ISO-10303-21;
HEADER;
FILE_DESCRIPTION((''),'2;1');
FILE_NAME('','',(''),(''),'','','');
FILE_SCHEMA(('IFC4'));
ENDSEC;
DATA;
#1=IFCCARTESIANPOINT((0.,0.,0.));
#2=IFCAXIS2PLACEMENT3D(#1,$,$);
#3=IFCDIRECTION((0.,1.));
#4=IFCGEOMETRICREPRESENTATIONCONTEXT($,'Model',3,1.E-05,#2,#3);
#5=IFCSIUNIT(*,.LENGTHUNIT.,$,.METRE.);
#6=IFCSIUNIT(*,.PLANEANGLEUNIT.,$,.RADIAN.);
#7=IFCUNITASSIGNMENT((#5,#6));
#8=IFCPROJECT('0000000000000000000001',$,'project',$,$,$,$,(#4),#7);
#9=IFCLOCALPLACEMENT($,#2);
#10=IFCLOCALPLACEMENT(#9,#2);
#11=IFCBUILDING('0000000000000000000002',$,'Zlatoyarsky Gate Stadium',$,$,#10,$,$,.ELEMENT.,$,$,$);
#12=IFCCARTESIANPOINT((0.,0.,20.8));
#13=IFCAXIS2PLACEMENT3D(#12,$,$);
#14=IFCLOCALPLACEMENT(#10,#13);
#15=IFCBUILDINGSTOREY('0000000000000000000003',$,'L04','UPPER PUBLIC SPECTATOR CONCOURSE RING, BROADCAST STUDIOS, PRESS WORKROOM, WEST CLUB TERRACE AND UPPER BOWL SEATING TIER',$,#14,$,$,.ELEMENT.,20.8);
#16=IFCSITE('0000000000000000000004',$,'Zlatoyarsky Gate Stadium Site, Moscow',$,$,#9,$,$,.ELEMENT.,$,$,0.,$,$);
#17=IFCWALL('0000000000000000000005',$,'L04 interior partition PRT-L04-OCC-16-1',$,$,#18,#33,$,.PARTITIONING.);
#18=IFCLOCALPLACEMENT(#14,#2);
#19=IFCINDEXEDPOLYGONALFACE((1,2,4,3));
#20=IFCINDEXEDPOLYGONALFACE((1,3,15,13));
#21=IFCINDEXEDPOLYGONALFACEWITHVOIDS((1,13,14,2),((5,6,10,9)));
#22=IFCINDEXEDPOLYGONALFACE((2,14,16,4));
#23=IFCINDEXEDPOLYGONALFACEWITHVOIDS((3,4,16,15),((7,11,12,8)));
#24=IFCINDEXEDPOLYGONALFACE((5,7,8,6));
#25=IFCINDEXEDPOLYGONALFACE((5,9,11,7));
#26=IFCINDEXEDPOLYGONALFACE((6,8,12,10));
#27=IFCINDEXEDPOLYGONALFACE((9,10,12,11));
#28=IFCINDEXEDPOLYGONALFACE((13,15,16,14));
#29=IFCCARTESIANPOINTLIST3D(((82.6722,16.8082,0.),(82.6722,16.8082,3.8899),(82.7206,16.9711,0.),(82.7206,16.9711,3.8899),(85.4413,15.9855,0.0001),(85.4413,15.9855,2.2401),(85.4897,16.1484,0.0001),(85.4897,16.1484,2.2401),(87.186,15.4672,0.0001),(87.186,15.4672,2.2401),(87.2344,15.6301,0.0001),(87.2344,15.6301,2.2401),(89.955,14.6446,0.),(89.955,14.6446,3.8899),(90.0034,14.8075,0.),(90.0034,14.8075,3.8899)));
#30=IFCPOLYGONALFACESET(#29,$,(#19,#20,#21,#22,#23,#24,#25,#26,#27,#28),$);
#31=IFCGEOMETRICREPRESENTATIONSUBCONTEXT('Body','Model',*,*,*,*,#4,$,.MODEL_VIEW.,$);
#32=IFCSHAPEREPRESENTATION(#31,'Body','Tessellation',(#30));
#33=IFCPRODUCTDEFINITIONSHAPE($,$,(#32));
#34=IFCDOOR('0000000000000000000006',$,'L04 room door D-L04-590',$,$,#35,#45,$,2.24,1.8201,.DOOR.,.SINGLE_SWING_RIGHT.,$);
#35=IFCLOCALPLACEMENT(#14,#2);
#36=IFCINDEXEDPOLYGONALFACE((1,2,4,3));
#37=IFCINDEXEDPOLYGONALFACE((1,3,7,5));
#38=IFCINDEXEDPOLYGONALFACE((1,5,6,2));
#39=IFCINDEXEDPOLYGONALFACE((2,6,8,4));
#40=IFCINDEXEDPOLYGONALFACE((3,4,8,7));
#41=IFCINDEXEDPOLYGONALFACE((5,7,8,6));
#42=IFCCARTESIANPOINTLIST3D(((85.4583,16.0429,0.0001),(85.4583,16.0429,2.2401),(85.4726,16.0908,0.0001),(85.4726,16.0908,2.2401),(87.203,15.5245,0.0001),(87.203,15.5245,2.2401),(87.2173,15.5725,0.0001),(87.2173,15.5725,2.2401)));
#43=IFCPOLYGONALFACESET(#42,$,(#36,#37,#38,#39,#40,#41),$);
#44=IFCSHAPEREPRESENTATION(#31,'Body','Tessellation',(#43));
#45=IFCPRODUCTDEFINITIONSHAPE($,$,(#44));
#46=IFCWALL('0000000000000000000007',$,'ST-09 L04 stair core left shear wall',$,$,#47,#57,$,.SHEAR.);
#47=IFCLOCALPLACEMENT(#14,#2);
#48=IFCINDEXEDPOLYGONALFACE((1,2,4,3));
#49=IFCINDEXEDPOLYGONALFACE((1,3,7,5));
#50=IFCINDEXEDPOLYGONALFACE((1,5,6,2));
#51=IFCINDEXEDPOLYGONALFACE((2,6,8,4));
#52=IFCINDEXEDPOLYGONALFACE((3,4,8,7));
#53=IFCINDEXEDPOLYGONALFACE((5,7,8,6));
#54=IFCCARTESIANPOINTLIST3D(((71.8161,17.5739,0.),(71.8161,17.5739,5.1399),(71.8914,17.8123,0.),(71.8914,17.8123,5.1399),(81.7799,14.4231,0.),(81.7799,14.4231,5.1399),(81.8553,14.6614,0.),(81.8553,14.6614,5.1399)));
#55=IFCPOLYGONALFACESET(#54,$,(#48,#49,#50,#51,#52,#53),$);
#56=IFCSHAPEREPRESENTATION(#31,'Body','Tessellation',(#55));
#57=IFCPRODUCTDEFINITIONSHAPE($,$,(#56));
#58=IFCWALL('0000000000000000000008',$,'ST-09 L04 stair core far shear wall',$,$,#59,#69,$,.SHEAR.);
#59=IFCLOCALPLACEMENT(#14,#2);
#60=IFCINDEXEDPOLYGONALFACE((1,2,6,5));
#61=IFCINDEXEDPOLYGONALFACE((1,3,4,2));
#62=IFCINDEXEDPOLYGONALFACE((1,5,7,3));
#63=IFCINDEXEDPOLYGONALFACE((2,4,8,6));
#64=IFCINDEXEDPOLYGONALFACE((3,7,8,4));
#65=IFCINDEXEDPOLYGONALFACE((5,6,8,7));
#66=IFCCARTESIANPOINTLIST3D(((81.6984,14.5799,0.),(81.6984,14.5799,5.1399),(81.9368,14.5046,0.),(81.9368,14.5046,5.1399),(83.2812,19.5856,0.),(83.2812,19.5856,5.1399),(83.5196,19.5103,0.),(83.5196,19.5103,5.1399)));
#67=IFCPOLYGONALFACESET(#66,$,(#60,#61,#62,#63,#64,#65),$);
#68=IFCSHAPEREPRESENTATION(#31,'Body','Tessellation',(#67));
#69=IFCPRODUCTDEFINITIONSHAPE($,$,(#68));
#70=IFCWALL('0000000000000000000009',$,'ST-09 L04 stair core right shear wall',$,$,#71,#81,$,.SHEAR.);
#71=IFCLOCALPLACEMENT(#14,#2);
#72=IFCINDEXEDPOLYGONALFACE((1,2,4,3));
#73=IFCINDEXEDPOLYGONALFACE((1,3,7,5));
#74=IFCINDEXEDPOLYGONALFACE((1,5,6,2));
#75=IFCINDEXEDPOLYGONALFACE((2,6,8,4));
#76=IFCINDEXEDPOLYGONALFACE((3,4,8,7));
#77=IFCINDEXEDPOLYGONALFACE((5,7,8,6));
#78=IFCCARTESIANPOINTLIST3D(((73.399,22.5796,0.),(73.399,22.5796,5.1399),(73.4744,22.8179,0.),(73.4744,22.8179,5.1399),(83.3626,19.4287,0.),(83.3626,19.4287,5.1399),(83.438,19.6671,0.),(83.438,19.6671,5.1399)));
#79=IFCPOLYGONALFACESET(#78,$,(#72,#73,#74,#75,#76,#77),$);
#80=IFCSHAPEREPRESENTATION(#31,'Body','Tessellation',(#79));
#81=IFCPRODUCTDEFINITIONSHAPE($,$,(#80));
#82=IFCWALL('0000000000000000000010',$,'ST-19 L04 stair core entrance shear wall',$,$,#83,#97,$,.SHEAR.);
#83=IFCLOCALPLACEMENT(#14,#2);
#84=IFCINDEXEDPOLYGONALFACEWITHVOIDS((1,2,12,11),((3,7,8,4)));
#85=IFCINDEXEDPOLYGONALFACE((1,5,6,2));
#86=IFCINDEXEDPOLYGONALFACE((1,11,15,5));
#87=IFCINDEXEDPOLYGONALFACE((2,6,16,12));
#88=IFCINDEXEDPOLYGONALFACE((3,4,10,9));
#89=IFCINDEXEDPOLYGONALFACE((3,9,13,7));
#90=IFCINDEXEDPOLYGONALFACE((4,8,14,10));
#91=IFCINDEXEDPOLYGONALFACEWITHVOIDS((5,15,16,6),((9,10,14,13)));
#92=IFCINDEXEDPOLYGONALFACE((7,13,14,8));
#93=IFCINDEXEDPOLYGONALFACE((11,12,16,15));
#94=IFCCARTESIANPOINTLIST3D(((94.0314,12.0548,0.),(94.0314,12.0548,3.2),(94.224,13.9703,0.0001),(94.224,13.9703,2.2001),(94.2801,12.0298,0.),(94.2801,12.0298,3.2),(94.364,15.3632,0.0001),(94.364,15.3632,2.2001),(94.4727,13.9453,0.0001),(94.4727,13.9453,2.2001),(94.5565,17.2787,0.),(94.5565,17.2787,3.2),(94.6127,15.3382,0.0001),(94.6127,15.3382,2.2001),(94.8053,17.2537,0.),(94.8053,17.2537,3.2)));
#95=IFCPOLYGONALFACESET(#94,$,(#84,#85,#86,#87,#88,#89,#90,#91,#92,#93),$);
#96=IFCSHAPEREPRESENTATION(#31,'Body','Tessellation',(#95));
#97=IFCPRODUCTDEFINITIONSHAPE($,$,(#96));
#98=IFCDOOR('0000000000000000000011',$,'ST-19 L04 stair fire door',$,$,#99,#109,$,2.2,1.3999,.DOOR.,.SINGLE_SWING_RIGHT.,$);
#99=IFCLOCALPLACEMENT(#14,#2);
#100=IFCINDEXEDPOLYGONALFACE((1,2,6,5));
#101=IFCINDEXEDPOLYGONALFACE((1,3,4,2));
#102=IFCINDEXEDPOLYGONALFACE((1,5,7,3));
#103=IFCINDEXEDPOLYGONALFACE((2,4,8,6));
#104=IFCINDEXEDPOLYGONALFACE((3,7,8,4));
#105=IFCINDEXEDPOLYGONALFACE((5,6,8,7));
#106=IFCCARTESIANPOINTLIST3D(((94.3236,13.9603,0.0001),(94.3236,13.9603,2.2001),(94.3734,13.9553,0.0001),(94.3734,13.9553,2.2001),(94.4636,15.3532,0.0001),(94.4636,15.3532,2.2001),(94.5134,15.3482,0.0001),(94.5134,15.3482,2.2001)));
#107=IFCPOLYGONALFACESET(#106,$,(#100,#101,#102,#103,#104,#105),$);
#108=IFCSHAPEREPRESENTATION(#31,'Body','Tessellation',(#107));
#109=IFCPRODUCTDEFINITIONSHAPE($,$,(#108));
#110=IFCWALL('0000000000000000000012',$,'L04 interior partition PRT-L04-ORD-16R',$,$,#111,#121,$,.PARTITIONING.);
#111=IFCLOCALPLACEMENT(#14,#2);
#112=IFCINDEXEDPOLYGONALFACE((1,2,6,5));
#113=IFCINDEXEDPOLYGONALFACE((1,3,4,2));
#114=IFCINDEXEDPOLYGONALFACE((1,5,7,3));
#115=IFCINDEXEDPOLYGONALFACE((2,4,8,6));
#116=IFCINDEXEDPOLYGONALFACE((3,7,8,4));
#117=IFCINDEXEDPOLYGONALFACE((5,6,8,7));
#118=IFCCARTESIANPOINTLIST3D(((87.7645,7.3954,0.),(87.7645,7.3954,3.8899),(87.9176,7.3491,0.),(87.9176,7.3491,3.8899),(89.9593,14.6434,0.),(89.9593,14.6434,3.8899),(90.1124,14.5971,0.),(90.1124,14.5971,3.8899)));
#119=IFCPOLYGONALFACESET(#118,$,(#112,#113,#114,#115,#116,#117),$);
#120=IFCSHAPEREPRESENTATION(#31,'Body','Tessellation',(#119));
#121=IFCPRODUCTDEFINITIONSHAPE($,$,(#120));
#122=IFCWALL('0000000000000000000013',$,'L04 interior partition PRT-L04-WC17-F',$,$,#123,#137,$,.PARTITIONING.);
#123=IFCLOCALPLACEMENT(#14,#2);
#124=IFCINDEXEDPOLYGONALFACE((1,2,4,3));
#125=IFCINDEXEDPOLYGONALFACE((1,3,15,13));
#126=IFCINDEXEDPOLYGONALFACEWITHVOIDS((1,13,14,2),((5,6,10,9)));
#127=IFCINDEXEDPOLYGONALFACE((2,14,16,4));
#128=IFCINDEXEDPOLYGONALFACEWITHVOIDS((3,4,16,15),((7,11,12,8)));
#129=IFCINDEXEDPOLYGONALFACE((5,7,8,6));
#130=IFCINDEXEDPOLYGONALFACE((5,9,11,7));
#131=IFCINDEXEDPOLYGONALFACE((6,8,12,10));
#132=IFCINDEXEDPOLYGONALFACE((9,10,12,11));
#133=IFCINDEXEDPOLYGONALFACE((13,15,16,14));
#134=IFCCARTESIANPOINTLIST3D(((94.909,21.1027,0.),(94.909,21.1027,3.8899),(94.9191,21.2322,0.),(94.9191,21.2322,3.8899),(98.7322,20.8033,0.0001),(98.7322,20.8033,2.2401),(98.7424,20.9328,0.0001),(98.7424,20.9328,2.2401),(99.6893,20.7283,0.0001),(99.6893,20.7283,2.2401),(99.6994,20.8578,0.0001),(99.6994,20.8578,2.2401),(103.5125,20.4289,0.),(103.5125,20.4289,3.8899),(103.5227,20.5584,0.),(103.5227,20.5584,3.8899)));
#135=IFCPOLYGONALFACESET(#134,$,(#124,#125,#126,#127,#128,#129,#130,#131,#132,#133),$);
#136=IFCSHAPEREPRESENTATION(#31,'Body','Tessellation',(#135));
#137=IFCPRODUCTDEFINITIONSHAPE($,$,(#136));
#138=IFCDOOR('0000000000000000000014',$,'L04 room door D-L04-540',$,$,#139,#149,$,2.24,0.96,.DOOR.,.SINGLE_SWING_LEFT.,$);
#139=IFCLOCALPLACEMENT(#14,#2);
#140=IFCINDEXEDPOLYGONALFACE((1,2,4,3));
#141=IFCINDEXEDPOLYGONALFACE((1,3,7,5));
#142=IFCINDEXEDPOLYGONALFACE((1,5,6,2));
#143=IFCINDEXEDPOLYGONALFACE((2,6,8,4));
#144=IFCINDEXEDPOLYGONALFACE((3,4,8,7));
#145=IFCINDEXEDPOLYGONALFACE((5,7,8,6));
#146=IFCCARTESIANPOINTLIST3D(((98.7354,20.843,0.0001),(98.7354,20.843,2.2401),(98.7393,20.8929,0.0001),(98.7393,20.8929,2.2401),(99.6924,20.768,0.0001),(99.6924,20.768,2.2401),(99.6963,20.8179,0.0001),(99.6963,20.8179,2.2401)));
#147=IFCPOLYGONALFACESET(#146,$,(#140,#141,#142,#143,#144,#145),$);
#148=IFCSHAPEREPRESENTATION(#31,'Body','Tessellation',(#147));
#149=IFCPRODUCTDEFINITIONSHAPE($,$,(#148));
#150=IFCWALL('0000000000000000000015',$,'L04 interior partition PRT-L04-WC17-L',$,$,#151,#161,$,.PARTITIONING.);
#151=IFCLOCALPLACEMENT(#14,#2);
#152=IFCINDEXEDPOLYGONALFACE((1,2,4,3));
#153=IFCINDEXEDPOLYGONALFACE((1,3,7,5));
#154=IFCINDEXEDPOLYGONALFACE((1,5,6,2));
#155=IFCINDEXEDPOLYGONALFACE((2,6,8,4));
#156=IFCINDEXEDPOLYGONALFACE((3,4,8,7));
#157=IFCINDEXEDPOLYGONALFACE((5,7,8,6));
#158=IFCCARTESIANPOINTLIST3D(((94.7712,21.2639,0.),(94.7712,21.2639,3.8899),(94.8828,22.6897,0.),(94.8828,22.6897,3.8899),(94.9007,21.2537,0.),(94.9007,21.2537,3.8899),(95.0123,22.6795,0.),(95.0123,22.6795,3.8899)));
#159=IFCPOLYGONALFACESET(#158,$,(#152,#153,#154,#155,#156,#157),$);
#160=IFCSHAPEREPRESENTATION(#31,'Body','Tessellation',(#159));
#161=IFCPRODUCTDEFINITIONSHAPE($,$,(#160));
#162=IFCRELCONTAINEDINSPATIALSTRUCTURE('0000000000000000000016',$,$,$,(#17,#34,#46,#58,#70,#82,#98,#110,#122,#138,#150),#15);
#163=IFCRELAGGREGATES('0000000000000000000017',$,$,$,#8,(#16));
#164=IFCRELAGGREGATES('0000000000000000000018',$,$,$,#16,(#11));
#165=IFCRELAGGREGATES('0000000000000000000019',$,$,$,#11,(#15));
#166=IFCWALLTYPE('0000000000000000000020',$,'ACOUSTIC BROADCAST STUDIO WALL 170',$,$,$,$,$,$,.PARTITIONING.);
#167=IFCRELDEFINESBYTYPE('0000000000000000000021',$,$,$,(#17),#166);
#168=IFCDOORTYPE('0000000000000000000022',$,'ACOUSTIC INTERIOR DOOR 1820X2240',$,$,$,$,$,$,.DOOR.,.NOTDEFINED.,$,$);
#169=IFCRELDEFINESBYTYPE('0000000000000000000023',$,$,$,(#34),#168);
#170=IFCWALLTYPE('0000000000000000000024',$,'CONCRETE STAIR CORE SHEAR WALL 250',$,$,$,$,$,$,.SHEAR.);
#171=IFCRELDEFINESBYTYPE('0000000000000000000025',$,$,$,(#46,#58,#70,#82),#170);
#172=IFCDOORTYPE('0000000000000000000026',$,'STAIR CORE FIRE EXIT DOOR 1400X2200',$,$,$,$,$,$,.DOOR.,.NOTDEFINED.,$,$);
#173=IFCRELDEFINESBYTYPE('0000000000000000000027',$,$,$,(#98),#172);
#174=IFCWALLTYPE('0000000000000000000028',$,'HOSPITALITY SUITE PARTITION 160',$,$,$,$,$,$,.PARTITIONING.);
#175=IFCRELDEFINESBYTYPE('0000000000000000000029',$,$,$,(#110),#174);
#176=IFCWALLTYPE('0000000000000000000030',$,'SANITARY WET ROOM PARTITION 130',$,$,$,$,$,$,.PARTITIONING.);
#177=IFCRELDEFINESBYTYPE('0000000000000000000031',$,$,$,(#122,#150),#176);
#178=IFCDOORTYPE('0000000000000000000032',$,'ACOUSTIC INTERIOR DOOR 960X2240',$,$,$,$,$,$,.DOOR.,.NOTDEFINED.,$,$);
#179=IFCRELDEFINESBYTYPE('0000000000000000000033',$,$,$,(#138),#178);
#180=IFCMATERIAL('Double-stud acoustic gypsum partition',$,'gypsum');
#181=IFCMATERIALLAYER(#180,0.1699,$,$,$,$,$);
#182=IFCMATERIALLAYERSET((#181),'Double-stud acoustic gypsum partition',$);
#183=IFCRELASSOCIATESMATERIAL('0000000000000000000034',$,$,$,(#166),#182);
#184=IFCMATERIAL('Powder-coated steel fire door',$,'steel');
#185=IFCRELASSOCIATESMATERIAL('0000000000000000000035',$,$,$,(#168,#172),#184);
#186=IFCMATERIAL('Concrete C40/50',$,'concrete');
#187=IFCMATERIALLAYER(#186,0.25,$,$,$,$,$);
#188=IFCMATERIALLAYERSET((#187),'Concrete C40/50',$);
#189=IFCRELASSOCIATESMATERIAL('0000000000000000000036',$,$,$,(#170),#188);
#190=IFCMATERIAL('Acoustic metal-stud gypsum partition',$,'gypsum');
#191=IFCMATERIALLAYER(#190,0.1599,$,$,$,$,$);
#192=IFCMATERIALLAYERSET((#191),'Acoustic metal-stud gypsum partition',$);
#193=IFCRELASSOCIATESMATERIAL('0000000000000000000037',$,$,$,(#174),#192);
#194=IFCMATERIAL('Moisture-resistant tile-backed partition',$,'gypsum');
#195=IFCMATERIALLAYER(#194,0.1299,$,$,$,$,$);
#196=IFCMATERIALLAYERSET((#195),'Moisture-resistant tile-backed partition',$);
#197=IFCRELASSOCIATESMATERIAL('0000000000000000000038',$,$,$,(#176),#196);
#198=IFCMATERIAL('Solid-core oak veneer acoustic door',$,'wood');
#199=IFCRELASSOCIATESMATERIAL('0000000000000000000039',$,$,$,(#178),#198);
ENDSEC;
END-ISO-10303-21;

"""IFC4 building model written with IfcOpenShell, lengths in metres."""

from ifc_helpers import new_model, si_unit, direction, frame, frame_2d, origin, place, context, subcontext, project, spatial, rectangle, extrude, material, layer, layer_set, type_object, element, fill, save


model = new_model("IFC4")

# Units and contexts
model_context = context("Model", 3, precision=1e-05, world=origin(), true_north=direction((0.0, 1.0)))
body_context = subcontext(model_context, "Body", "Model", "MODEL_VIEW")
ifc_project = project(units=[si_unit("LENGTHUNIT", "METRE"), si_unit("PLANEANGLEUNIT", "RADIAN")], contexts=[model_context])

# Site, building, storey
site_placement = place(None, origin())
site = spatial("IfcSite", under=ifc_project, at=site_placement, Name="Zlatoyarsky Gate Stadium Site, Moscow", CompositionType="ELEMENT", RefElevation=0.0)
building_placement = place(site_placement, origin())
building = spatial("IfcBuilding", under=site, at=building_placement, Name="Zlatoyarsky Gate Stadium", CompositionType="ELEMENT")
storey_placement = place(building_placement, frame((0.0, 0.0, 20.8)))
storey = spatial("IfcBuildingStorey", under=building, at=storey_placement, Name="L04", Description="UPPER PUBLIC SPECTATOR CONCOURSE RING, BROADCAST STUDIOS, PRESS WORKROOM, WEST CLUB TERRACE AND UPPER BOWL SEATING TIER", CompositionType="ELEMENT", Elevation=20.8)

# Wall, opening, door
ifc_material_1 = material(Name="Double-stud acoustic gypsum partition", Category="gypsum")
ifc_layer_1 = layer(ifc_material_1, 0.1699)
ifc_layer_set_1 = layer_set([ifc_layer_1], Name="Double-stud acoustic gypsum partition")
wall_type_1 = type_object("IfcWallType", Name="ACOUSTIC BROADCAST STUDIO WALL 170", PredefinedType="PARTITIONING", material=ifc_layer_set_1)
wall_1_placement = place(storey_placement, frame((82.6963, 16.8896, 0.0), z_axis=(0.0, 0.0, 1.0), x_axis=(0.958592, -0.284782, 0.0)))
wall_1 = element("IfcWall", 1, at=wall_1_placement, inside=storey, type_object=wall_type_1, Name="L04 interior partition PRT-L04-OCC-16-1", PredefinedType="PARTITIONING", context=body_context, shape_type="SweptSolid", body=[
    extrude(rectangle(XDim=7.5974, YDim=0.1699, at=frame_2d((3.7988, 0.0))), origin(), (0.0, 0.0, 1.0), 3.8899),
])
opening_1_placement = place(wall_1_placement, frame((2.8887, 0.0, 0.0)))
opening_1 = element("IfcOpeningElement", 2, at=opening_1_placement, cuts=wall_1, PredefinedType="OPENING", context=body_context, shape_type="SweptSolid", body=[
    extrude(rectangle(XDim=1.8201, YDim=2.24, at=frame_2d((0.9102, 1.1201))), frame((0.0, 0.095, 0.0), z_axis=(0.0, -1.0, 0.0), x_axis=(1.0, 0.0, 0.0)), (0.0, 0.0, 1.0), 0.1899),
])
ifc_material_2 = material(Name="Powder-coated steel fire door", Category="steel")
door_type_1 = type_object("IfcDoorType", Name="ACOUSTIC INTERIOR DOOR 1820X2240", OperationType="NOTDEFINED", PredefinedType="DOOR", material=ifc_material_2)
door_1_placement = place(opening_1_placement, origin())
door_1 = element("IfcDoor", 3, at=door_1_placement, inside=storey, type_object=door_type_1, Name="L04 room door D-L04-590", OperationType="SINGLE_SWING_RIGHT", OverallHeight=2.24, OverallWidth=1.8201, PredefinedType="DOOR", context=body_context, shape_type="SweptSolid", body=[
    extrude(rectangle(XDim=1.8201, YDim=2.24, at=frame_2d((0.9102, 1.1201))), frame((0.0, 0.0249, 0.0), z_axis=(0.0, -1.0, 0.0), x_axis=(1.0, 0.0, 0.0)), (0.0, 0.0, 1.0), 0.05),
])
fill(opening_1, door_1)

# Walls
ifc_material_3 = material(Name="Concrete C40/50", Category="concrete")
ifc_layer_2 = layer(ifc_material_3, 0.25)
ifc_layer_set_2 = layer_set([ifc_layer_2], Name="Concrete C40/50")
wall_type_2 = type_object("IfcWallType", Name="CONCRETE STAIR CORE SHEAR WALL 250", PredefinedType="SHEAR", material=ifc_layer_set_2)
wall_2_placement = place(storey_placement, frame((71.8538, 17.6931, 0.0), z_axis=(0.0, 0.0, 1.0), x_axis=(0.953462, -0.301514, 0.0)))
element("IfcWall", 4, at=wall_2_placement, inside=storey, type_object=wall_type_2, Name="ST-09 L04 stair core left shear wall", PredefinedType="SHEAR", context=body_context, shape_type="SweptSolid", body=[
    extrude(rectangle(XDim=10.4502, YDim=0.25, at=frame_2d((5.2251, 0.0))), origin(), (0.0, 0.0, 1.0), 5.1399),
])
wall_3_placement = place(storey_placement, frame((81.8176, 14.5422, 0.0), z_axis=(0.0, 0.0, 1.0), x_axis=(0.301485, 0.953471, 0.0)))
element("IfcWall", 5, at=wall_3_placement, inside=storey, type_object=wall_type_2, Name="ST-09 L04 stair core far shear wall", PredefinedType="SHEAR", context=body_context, shape_type="SweptSolid", body=[
    extrude(rectangle(XDim=5.25, YDim=0.25, at=frame_2d((2.625, 0.0))), origin(), (0.0, 0.0, 1.0), 5.1399),
])
wall_4_placement = place(storey_placement, frame((83.4004, 19.5479, 0.0), z_axis=(0.0, 0.0, 1.0), x_axis=(-0.95346, 0.30152, 0.0)))
element("IfcWall", 6, at=wall_4_placement, inside=storey, type_object=wall_type_2, Name="ST-09 L04 stair core right shear wall", PredefinedType="SHEAR", context=body_context, shape_type="SweptSolid", body=[
    extrude(rectangle(XDim=10.45, YDim=0.25, at=frame_2d((5.2251, 0.0))), origin(), (0.0, 0.0, 1.0), 5.1399),
])

# Wall, opening, door
wall_5_placement = place(storey_placement, frame((94.6809, 17.2661, 0.0), z_axis=(0.0, 0.0, 1.0), x_axis=(-0.100024, -0.994985, 0.0)))
wall_5 = element("IfcWall", 7, at=wall_5_placement, inside=storey, type_object=wall_type_2, Name="ST-19 L04 stair core entrance shear wall", PredefinedType="SHEAR", context=body_context, shape_type="SweptSolid", body=[
    extrude(rectangle(XDim=5.2502, YDim=0.25, at=frame_2d((2.625, 0.0))), origin(), (0.0, 0.0, 1.0), 3.2),
])
opening_2_placement = place(wall_5_placement, frame((1.925, 0.0, 0.0)))
opening_2 = element("IfcOpeningElement", 8, at=opening_2_placement, cuts=wall_5, PredefinedType="OPENING", context=body_context, shape_type="SweptSolid", body=[
    extrude(rectangle(XDim=1.3999, YDim=2.2, at=frame_2d((0.7, 1.1001))), frame((0.0, 0.135, 0.0), z_axis=(0.0, -1.0, 0.0), x_axis=(1.0, 0.0, 0.0)), (0.0, 0.0, 1.0), 0.27),
])
door_type_2 = type_object("IfcDoorType", Name="STAIR CORE FIRE EXIT DOOR 1400X2200", OperationType="NOTDEFINED", PredefinedType="DOOR", material=ifc_material_2)
door_2_placement = place(opening_2_placement, frame((1.3999, 0.0, 0.0), z_axis=(0.0, 0.0, 1.0), x_axis=(-1.0, 0.0, 0.0)))
door_2 = element("IfcDoor", 9, at=door_2_placement, inside=storey, type_object=door_type_2, Name="ST-19 L04 stair fire door", OperationType="SINGLE_SWING_RIGHT", OverallHeight=2.2, OverallWidth=1.3999, PredefinedType="DOOR", context=body_context, shape_type="SweptSolid", body=[
    extrude(rectangle(XDim=1.3999, YDim=2.2, at=frame_2d((0.7, 1.1001))), frame((0.0, 0.0249, 0.0), z_axis=(0.0, -1.0, 0.0), x_axis=(1.0, 0.0, 0.0)), (0.0, 0.0, 1.0), 0.05),
])
fill(opening_2, door_2)

# Wall
ifc_material_4 = material(Name="Acoustic metal-stud gypsum partition", Category="gypsum")
ifc_layer_3 = layer(ifc_material_4, 0.1599)
ifc_layer_set_3 = layer_set([ifc_layer_3], Name="Acoustic metal-stud gypsum partition")
wall_type_3 = type_object("IfcWallType", Name="HOSPITALITY SUITE PARTITION 160", PredefinedType="PARTITIONING", material=ifc_layer_set_3)
wall_6_placement = place(storey_placement, frame((90.0359, 14.6204, 0.0), z_axis=(0.0, 0.0, 1.0), x_axis=(-0.289819, -0.957081, 0.0)))
element("IfcWall", 10, at=wall_6_placement, inside=storey, type_object=wall_type_3, Name="L04 interior partition PRT-L04-ORD-16R", PredefinedType="PARTITIONING", context=body_context, shape_type="SweptSolid", body=[
    extrude(rectangle(XDim=7.573, YDim=0.1599, at=frame_2d((3.7866, 0.0))), origin(), (0.0, 0.0, 1.0), 3.8899),
])

# Wall, opening, door
ifc_material_5 = material(Name="Moisture-resistant tile-backed partition", Category="gypsum")
ifc_layer_4 = layer(ifc_material_5, 0.1299)
ifc_layer_set_4 = layer_set([ifc_layer_4], Name="Moisture-resistant tile-backed partition")
wall_type_4 = type_object("IfcWallType", Name="SANITARY WET ROOM PARTITION 130", PredefinedType="PARTITIONING", material=ifc_layer_set_4)
wall_7_placement = place(storey_placement, frame((94.9141, 21.1675, 0.0), z_axis=(0.0, 0.0, 1.0), x_axis=(0.996947, -0.078081, 0.0)))
wall_7 = element("IfcWall", 11, at=wall_7_placement, inside=storey, type_object=wall_type_4, Name="L04 interior partition PRT-L04-WC17-F", PredefinedType="PARTITIONING", context=body_context, shape_type="SweptSolid", body=[
    extrude(rectangle(XDim=8.6299, YDim=0.1299, at=frame_2d((4.3149, 0.0))), origin(), (0.0, 0.0, 1.0), 3.8899),
])
opening_3_placement = place(wall_7_placement, frame((3.835, 0.0, 0.0)))
opening_3 = element("IfcOpeningElement", 12, at=opening_3_placement, cuts=wall_7, PredefinedType="OPENING", context=body_context, shape_type="SweptSolid", body=[
    extrude(rectangle(XDim=0.96, YDim=2.24, at=frame_2d((0.48, 1.1201))), frame((0.0, 0.075, 0.0), z_axis=(0.0, -1.0, 0.0), x_axis=(1.0, 0.0, 0.0)), (0.0, 0.0, 1.0), 0.1499),
])
ifc_material_6 = material(Name="Solid-core oak veneer acoustic door", Category="wood")
door_type_3 = type_object("IfcDoorType", Name="ACOUSTIC INTERIOR DOOR 960X2240", OperationType="NOTDEFINED", PredefinedType="DOOR", material=ifc_material_6)
door_3_placement = place(opening_3_placement, origin())
door_3 = element("IfcDoor", 13, at=door_3_placement, inside=storey, type_object=door_type_3, Name="L04 room door D-L04-540", OperationType="SINGLE_SWING_LEFT", OverallHeight=2.24, OverallWidth=0.96, PredefinedType="DOOR", context=body_context, shape_type="SweptSolid", body=[
    extrude(rectangle(XDim=0.96, YDim=2.24, at=frame_2d((0.48, 1.1201))), frame((0.0, 0.0249, 0.0), z_axis=(0.0, -1.0, 0.0), x_axis=(1.0, 0.0, 0.0)), (0.0, 0.0, 1.0), 0.05),
])
fill(opening_3, door_3)

# Wall
wall_8_placement = place(storey_placement, frame((94.8359, 21.2588, 0.0), z_axis=(0.0, 0.0, 1.0), x_axis=(0.078015, 0.996952, 0.0)))
element("IfcWall", 14, at=wall_8_placement, inside=storey, type_object=wall_type_4, Name="L04 interior partition PRT-L04-WC17-L", PredefinedType="PARTITIONING", context=body_context, shape_type="SweptSolid", body=[
    extrude(rectangle(XDim=1.4302, YDim=0.1299, at=frame_2d((0.7151, 0.0))), origin(), (0.0, 0.0, 1.0), 3.8899),
])

save(model, "model.ifc")
